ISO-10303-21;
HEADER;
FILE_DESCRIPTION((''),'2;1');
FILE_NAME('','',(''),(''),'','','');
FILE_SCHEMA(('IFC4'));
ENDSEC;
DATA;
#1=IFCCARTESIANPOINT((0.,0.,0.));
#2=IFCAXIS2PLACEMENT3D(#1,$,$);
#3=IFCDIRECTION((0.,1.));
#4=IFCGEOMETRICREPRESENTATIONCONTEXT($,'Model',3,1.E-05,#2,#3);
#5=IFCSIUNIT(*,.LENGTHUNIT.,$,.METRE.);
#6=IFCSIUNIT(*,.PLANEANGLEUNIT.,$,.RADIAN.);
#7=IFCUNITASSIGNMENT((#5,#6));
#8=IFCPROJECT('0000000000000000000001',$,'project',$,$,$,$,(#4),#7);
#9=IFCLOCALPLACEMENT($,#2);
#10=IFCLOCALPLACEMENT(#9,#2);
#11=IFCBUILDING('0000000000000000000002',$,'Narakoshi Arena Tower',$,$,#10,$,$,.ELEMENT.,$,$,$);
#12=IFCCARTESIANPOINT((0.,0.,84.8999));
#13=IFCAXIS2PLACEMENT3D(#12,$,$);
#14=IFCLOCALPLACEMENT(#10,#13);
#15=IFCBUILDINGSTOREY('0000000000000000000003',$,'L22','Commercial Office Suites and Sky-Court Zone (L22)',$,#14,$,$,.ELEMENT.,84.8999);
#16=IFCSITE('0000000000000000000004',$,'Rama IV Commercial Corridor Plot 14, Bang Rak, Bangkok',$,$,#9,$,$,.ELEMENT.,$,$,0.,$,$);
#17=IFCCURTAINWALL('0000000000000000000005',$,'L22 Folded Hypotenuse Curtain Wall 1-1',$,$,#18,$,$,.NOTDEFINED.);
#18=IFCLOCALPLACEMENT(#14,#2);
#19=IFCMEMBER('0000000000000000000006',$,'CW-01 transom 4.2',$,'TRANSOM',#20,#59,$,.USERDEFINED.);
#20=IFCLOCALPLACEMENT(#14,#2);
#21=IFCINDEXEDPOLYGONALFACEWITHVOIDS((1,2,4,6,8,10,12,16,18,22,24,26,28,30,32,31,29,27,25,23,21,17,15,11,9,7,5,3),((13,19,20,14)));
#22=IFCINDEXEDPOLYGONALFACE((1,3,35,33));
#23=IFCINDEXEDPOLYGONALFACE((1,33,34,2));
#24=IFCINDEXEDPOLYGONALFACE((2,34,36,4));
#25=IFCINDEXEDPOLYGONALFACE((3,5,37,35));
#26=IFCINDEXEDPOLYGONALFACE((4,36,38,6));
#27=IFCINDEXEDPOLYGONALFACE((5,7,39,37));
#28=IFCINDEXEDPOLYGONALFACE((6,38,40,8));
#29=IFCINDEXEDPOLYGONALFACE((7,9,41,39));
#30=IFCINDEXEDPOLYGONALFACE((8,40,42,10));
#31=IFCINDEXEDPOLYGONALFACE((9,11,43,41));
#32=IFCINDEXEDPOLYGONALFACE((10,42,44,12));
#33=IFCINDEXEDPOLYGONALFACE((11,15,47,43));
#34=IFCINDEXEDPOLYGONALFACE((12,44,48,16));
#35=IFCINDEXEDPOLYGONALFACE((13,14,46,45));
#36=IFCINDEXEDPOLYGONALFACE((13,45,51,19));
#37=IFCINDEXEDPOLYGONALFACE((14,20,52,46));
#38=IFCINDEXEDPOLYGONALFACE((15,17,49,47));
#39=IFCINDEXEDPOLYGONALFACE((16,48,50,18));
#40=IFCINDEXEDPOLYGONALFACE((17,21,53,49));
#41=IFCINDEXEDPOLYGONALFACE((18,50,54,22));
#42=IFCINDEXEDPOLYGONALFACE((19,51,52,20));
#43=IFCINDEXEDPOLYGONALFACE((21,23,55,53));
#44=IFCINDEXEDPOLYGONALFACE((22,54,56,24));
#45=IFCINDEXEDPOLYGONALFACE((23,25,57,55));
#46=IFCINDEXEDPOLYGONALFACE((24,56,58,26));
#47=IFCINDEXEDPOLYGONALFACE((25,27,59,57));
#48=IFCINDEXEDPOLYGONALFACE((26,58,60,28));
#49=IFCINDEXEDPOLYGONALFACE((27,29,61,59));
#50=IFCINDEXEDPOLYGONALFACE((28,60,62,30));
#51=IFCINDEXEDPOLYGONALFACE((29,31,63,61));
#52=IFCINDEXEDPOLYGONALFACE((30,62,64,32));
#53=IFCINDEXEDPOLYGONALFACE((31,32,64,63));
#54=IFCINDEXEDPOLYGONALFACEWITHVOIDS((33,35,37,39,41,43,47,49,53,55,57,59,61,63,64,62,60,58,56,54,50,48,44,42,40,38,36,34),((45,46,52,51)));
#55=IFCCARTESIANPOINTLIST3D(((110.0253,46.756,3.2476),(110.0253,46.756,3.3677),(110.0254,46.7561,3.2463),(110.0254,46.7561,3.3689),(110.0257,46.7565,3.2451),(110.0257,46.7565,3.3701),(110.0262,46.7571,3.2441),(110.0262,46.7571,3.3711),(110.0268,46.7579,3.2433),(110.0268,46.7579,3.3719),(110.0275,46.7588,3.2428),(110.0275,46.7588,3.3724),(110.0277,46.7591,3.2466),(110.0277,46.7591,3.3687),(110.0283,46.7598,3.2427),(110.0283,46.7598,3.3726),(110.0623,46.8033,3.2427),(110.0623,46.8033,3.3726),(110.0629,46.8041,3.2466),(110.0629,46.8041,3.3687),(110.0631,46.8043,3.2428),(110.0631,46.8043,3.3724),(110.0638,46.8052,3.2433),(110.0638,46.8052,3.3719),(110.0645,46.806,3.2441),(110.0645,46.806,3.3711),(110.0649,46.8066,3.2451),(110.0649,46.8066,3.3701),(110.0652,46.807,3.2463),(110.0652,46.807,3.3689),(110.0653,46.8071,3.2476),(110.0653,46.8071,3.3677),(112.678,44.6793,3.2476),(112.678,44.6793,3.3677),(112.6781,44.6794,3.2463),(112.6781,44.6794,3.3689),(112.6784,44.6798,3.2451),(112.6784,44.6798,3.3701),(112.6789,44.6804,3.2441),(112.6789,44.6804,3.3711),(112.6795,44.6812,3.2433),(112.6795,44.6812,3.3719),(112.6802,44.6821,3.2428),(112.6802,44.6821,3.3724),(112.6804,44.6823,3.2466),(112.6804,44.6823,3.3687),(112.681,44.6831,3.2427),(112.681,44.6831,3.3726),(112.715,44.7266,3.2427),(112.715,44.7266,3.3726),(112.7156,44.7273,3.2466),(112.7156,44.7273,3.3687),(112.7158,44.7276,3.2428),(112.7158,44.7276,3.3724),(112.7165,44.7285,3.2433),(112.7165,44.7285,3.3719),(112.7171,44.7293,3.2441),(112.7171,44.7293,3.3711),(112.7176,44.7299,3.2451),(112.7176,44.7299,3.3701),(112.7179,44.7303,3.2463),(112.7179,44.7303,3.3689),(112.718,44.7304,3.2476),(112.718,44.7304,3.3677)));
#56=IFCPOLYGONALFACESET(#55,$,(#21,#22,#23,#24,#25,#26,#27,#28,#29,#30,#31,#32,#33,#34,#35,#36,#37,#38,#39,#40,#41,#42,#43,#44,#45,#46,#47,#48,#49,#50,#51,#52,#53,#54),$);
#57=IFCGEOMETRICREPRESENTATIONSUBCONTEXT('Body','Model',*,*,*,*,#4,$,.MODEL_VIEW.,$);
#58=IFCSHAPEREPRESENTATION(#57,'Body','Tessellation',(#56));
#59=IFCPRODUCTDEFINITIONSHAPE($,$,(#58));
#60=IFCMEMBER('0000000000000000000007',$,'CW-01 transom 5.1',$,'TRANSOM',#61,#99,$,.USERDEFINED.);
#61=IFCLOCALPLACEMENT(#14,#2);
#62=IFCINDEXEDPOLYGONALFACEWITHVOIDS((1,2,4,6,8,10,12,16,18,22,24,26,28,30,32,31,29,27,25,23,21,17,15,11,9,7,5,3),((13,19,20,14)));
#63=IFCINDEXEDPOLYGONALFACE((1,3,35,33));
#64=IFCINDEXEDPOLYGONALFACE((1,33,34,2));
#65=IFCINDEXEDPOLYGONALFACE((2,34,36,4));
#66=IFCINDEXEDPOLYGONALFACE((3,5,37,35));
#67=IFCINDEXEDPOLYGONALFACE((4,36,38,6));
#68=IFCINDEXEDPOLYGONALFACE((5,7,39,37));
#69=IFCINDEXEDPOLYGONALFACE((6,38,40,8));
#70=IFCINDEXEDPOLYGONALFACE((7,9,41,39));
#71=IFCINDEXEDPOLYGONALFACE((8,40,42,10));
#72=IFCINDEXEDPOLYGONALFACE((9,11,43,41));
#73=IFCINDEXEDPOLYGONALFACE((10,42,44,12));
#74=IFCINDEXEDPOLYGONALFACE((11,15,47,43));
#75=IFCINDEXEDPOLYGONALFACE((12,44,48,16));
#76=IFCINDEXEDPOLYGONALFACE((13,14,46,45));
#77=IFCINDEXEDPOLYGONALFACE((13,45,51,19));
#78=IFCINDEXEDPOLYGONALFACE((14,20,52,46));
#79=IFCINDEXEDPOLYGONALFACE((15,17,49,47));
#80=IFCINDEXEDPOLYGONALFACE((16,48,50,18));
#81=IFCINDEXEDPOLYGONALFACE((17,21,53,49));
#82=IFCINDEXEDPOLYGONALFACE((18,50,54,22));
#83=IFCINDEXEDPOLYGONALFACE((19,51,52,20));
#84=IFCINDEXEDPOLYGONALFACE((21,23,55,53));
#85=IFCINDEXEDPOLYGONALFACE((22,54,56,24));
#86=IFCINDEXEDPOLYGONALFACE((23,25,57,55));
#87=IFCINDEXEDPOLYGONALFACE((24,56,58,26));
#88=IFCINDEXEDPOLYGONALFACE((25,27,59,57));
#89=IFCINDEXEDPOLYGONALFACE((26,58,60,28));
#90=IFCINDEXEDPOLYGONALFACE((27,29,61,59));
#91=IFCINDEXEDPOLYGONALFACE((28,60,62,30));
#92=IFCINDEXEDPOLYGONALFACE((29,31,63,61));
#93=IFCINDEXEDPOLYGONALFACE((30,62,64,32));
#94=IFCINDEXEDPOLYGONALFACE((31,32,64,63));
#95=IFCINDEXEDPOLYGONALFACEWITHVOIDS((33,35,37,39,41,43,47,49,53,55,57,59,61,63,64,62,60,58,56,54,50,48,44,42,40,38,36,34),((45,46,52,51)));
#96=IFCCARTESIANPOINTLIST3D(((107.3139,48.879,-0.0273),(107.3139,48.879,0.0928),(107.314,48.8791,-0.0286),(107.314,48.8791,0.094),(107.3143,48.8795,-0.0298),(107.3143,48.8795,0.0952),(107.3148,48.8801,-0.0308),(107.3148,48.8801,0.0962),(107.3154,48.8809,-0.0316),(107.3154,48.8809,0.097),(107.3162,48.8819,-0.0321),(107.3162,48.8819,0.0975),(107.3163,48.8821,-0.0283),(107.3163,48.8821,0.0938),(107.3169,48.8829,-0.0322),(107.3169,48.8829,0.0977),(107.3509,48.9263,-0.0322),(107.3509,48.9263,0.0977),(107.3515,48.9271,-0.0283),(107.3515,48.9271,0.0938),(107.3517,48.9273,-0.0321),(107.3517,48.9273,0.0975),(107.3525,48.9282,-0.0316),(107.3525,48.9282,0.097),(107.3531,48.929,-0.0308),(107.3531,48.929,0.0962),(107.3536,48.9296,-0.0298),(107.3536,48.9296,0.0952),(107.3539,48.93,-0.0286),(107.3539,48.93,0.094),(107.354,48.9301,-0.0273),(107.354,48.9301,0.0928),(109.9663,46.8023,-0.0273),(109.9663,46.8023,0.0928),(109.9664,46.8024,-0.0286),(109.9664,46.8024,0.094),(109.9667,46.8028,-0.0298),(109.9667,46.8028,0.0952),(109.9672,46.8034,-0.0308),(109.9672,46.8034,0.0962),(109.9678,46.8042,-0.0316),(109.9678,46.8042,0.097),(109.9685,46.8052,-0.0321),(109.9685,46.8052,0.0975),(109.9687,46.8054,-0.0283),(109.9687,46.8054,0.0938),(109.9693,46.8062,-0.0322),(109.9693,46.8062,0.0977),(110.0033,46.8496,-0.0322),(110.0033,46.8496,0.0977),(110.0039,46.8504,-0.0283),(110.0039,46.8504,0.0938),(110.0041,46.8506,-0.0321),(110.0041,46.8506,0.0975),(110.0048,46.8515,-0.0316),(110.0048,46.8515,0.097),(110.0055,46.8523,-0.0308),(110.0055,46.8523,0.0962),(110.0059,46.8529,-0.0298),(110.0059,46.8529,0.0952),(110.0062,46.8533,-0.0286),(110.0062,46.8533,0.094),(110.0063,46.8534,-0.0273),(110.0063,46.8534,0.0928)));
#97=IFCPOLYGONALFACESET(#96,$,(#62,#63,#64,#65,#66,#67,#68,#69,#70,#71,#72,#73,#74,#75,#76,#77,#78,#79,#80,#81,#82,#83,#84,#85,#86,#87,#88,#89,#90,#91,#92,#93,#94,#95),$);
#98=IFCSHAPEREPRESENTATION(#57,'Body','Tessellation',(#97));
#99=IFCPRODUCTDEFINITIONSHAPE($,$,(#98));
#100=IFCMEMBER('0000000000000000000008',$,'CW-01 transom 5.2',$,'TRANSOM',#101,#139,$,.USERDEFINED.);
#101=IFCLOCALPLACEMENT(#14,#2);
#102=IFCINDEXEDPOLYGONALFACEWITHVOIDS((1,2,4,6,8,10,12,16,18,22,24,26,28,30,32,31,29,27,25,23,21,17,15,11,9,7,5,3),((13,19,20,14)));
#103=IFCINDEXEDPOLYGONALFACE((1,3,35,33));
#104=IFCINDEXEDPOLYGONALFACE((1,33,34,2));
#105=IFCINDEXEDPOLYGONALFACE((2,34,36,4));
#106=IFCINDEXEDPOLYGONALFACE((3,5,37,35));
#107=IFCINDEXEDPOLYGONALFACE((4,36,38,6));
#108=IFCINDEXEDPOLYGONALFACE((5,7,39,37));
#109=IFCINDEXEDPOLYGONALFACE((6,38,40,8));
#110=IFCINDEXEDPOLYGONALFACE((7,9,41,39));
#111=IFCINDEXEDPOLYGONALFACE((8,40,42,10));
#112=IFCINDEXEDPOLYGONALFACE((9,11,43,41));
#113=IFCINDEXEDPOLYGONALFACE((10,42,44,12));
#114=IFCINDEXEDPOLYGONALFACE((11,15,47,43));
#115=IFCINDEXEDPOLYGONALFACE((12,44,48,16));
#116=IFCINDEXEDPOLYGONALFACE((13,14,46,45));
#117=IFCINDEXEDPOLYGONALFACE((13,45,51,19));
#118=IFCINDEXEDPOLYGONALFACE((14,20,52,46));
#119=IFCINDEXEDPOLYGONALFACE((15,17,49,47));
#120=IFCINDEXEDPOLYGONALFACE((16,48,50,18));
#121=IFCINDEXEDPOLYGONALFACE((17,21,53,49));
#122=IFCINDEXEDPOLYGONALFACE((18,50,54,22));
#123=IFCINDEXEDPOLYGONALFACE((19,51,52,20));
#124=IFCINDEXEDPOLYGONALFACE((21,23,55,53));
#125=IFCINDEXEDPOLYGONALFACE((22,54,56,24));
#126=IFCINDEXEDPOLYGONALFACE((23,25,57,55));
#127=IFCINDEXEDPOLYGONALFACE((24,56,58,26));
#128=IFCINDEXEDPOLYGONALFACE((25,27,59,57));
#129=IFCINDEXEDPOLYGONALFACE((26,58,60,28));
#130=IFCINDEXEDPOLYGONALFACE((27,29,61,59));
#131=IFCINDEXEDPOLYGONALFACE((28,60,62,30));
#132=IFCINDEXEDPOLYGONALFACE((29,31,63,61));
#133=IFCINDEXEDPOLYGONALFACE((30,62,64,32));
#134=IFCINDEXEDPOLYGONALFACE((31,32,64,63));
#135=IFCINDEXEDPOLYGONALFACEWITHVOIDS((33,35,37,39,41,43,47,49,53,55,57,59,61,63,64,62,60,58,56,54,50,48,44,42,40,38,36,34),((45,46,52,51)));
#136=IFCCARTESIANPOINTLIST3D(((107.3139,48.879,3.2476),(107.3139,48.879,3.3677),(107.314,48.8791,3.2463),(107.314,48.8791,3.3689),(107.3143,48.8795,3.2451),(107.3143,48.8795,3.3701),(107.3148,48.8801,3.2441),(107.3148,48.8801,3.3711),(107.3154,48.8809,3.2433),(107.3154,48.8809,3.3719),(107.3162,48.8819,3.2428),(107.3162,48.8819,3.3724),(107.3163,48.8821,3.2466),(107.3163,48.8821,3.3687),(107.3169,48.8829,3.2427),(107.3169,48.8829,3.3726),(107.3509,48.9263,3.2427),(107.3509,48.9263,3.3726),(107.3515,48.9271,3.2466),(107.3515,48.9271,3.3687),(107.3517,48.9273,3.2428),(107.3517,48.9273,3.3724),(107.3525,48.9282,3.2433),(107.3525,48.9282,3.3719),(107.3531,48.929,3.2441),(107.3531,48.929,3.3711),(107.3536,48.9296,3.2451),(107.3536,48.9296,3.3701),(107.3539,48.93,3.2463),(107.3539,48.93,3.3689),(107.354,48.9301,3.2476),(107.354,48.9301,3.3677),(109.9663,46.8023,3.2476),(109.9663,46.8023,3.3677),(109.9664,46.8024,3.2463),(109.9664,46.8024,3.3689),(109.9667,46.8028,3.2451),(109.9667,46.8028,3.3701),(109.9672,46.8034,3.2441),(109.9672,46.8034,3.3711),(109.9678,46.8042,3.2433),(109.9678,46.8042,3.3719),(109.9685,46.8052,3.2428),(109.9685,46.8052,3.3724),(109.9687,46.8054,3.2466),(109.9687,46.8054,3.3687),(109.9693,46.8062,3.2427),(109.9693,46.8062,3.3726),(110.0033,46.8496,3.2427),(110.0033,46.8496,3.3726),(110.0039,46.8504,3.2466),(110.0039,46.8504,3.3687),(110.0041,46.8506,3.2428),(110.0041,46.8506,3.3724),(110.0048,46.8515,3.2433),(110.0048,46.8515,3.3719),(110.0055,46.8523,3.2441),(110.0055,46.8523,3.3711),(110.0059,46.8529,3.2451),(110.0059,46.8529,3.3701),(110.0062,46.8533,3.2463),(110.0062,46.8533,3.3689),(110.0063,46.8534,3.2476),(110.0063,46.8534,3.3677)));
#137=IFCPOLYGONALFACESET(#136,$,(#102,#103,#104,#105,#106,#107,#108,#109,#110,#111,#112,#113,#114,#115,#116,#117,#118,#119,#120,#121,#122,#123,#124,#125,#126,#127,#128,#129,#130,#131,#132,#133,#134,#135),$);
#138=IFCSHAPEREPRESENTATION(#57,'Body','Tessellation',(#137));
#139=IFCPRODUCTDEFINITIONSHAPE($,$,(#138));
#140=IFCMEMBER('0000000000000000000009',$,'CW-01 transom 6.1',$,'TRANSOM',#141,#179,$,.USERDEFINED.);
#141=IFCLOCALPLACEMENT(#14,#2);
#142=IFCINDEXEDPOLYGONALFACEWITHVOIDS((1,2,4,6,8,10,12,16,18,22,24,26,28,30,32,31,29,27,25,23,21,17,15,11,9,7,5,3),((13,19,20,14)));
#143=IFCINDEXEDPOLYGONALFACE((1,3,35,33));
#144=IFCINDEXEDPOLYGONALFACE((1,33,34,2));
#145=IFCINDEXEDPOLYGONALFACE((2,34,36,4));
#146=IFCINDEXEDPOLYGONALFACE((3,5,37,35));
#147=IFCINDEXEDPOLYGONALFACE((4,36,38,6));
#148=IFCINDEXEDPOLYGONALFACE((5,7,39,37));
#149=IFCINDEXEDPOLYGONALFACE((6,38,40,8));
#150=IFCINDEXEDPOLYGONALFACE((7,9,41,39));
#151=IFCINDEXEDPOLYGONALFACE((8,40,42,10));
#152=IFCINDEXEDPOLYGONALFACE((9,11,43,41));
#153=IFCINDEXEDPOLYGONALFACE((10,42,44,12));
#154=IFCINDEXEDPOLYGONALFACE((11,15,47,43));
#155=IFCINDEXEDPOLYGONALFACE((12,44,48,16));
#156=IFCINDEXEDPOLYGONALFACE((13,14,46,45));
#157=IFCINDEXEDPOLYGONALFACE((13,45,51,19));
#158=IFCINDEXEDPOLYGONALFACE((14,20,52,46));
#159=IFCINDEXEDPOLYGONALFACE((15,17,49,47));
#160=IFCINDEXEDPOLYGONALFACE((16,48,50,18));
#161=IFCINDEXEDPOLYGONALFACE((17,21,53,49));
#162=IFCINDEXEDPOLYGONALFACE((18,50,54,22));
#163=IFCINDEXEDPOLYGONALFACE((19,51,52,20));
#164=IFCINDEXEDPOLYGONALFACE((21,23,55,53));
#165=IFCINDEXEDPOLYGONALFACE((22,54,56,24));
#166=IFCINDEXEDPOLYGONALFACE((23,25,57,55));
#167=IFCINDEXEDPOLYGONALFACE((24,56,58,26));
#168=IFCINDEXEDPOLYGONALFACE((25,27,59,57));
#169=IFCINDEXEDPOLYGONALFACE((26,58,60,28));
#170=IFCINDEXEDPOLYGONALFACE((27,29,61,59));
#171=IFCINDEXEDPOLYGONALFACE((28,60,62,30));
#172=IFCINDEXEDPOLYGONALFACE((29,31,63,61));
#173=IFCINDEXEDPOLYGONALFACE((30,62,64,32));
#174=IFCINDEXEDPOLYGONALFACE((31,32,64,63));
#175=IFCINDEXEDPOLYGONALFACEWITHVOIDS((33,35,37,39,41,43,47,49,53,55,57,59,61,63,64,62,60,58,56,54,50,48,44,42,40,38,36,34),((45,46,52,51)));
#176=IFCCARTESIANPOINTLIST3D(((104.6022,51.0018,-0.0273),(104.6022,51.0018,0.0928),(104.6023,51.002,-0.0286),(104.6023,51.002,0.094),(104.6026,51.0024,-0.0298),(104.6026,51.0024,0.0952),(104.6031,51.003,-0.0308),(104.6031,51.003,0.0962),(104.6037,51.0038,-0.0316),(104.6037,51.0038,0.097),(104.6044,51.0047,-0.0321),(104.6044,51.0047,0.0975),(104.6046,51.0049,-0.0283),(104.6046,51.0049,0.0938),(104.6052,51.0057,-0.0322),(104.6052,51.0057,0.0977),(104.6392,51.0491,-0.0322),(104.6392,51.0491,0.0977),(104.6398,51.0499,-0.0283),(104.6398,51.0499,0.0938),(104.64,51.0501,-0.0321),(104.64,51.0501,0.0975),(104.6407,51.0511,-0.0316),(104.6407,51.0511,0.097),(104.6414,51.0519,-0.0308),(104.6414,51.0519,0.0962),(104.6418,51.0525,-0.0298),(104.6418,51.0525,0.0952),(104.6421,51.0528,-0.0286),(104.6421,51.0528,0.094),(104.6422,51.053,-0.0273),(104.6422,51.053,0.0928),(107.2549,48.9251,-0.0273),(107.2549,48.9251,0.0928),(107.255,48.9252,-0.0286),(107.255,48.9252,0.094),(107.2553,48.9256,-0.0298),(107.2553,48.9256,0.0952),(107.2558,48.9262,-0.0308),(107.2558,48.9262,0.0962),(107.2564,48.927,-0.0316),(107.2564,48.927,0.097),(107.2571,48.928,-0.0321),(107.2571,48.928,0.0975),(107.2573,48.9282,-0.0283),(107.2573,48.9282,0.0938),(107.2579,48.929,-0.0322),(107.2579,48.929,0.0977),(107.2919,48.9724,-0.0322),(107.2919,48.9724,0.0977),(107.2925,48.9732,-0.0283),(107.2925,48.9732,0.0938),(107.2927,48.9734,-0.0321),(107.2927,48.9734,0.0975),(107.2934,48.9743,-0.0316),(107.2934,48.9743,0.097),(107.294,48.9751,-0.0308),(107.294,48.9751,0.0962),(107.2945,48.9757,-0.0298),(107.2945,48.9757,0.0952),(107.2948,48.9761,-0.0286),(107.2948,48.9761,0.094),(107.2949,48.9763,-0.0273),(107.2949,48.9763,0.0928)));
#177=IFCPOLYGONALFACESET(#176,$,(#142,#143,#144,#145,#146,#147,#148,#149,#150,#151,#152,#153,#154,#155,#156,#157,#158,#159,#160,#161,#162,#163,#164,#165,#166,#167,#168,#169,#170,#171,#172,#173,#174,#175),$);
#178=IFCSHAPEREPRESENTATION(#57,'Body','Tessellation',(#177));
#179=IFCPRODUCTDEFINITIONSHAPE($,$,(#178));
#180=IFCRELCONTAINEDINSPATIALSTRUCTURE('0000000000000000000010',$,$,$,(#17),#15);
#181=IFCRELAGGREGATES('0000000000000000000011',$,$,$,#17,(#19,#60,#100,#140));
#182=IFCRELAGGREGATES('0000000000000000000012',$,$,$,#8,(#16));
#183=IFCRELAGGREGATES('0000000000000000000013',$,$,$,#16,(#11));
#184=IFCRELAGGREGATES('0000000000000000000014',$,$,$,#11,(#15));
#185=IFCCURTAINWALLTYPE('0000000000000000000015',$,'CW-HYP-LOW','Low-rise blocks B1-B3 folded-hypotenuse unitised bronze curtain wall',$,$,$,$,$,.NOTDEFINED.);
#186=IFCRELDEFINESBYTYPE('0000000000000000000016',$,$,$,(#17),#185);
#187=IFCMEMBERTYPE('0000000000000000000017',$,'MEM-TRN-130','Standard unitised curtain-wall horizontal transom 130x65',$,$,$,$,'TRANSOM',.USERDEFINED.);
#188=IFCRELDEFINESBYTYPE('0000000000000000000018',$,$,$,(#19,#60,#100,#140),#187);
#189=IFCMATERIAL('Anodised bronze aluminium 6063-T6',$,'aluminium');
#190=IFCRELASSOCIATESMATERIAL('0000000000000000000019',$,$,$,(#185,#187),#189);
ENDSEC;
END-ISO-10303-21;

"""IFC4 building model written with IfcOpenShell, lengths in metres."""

from ifc_helpers import new_model, si_unit, direction, frame, origin, origin_2d, place, context, subcontext, project, spatial, hollow_rectangle, extrude, material, material_profile, profile_set, type_object, element, aggregate, save


model = new_model("IFC4")

# Units and contexts
model_context = context("Model", 3, precision=1e-05, world=origin(), true_north=direction((0.0, 1.0)))
body_context = subcontext(model_context, "Body", "Model", "MODEL_VIEW")
ifc_project = project(units=[si_unit("LENGTHUNIT", "METRE"), si_unit("PLANEANGLEUNIT", "RADIAN")], contexts=[model_context])

# Site, building, storey
site_placement = place(None, origin())
site = spatial("IfcSite", under=ifc_project, at=site_placement, Name="Rama IV Commercial Corridor Plot 14, Bang Rak, Bangkok", CompositionType="ELEMENT", RefElevation=0.0)
building_placement = place(site_placement, origin())
building = spatial("IfcBuilding", under=site, at=building_placement, Name="Narakoshi Arena Tower", CompositionType="ELEMENT")
storey_placement = place(building_placement, frame((0.0, 0.0, 84.8999)))
storey = spatial("IfcBuildingStorey", under=building, at=storey_placement, Name="L22", Description="Commercial Office Suites and Sky-Court Zone (L22)", CompositionType="ELEMENT", Elevation=84.8999)

# Curtain wall, members
ifc_material_1 = material(Name="Anodised bronze aluminium 6063-T6", Category="aluminium")
curtain_wall_type = type_object("IfcCurtainWallType", Name="CW-HYP-LOW", Description="Low-rise blocks B1-B3 folded-hypotenuse unitised bronze curtain wall", PredefinedType="NOTDEFINED", material=ifc_material_1)
curtain_wall_placement = place(storey_placement, origin())
curtain_wall = element("IfcCurtainWall", 1, at=curtain_wall_placement, inside=storey, type_object=curtain_wall_type, Name="L22 Folded Hypotenuse Curtain Wall 1-1", PredefinedType="NOTDEFINED")
ifc_material_profile_1 = material_profile(ifc_material_1, hollow_rectangle(XDim=0.0649, YDim=0.1299, WallThickness=0.0039, OuterFilletRadius=0.0049, at=origin_2d()), Name="TRN130x65x4")
ifc_profile_set_1 = profile_set([ifc_material_profile_1], Name="Anodised bronze aluminium 6063-T6")
member_type_1 = type_object("IfcMemberType", Name="MEM-TRN-130", Description="Standard unitised curtain-wall horizontal transom 130x65", ElementType="TRANSOM", PredefinedType="USERDEFINED", material=ifc_profile_set_1)
member_1_placement = place(storey_placement, frame((112.698, 44.7048, 3.3076), z_axis=(-0.787401, 0.616441, 0.0), x_axis=(-0.616441, -0.787401, 0.0)))
member_1 = element("IfcMember", 2, at=member_1_placement, type_object=member_type_1, Name="CW-01 transom 4.2", ObjectType="TRANSOM", PredefinedType="USERDEFINED", context=body_context, shape_type="SweptSolid", body=[
    extrude(hollow_rectangle(XDim=0.0649, YDim=0.1299, WallThickness=0.0039, OuterFilletRadius=0.0049, at=origin_2d()), origin(), (0.0, 0.0, 1.0), 3.3689),
])
member_2_placement = place(storey_placement, frame((109.9863, 46.8279, 0.0327), z_axis=(-0.787373, 0.616476, 0.0), x_axis=(-0.616476, -0.787373, 0.0)))
member_2 = element("IfcMember", 3, at=member_2_placement, type_object=member_type_1, Name="CW-01 transom 5.1", ObjectType="TRANSOM", PredefinedType="USERDEFINED", context=body_context, shape_type="SweptSolid", body=[
    extrude(hollow_rectangle(XDim=0.0649, YDim=0.1299, WallThickness=0.0039, OuterFilletRadius=0.0049, at=origin_2d()), origin(), (0.0, 0.0, 1.0), 3.3687),
])
member_3_placement = place(storey_placement, frame((109.9863, 46.8279, 3.3076), z_axis=(-0.787373, 0.616476, 0.0), x_axis=(-0.616476, -0.787373, 0.0)))
member_3 = element("IfcMember", 4, at=member_3_placement, type_object=member_type_1, Name="CW-01 transom 5.2", ObjectType="TRANSOM", PredefinedType="USERDEFINED", context=body_context, shape_type="SweptSolid", body=[
    extrude(hollow_rectangle(XDim=0.0649, YDim=0.1299, WallThickness=0.0039, OuterFilletRadius=0.0049, at=origin_2d()), origin(), (0.0, 0.0, 1.0), 3.3687),
])
member_4_placement = place(storey_placement, frame((107.2749, 48.9507, 0.0327), z_axis=(-0.787401, 0.616441, 0.0), x_axis=(-0.616441, -0.787401, 0.0)))
member_4 = element("IfcMember", 5, at=member_4_placement, type_object=member_type_1, Name="CW-01 transom 6.1", ObjectType="TRANSOM", PredefinedType="USERDEFINED", context=body_context, shape_type="SweptSolid", body=[
    extrude(hollow_rectangle(XDim=0.0649, YDim=0.1299, WallThickness=0.0039, OuterFilletRadius=0.0049, at=origin_2d()), origin(), (0.0, 0.0, 1.0), 3.3689),
])
aggregate(curtain_wall, [member_1, member_2, member_3, member_4])

save(model, "model.ifc")
